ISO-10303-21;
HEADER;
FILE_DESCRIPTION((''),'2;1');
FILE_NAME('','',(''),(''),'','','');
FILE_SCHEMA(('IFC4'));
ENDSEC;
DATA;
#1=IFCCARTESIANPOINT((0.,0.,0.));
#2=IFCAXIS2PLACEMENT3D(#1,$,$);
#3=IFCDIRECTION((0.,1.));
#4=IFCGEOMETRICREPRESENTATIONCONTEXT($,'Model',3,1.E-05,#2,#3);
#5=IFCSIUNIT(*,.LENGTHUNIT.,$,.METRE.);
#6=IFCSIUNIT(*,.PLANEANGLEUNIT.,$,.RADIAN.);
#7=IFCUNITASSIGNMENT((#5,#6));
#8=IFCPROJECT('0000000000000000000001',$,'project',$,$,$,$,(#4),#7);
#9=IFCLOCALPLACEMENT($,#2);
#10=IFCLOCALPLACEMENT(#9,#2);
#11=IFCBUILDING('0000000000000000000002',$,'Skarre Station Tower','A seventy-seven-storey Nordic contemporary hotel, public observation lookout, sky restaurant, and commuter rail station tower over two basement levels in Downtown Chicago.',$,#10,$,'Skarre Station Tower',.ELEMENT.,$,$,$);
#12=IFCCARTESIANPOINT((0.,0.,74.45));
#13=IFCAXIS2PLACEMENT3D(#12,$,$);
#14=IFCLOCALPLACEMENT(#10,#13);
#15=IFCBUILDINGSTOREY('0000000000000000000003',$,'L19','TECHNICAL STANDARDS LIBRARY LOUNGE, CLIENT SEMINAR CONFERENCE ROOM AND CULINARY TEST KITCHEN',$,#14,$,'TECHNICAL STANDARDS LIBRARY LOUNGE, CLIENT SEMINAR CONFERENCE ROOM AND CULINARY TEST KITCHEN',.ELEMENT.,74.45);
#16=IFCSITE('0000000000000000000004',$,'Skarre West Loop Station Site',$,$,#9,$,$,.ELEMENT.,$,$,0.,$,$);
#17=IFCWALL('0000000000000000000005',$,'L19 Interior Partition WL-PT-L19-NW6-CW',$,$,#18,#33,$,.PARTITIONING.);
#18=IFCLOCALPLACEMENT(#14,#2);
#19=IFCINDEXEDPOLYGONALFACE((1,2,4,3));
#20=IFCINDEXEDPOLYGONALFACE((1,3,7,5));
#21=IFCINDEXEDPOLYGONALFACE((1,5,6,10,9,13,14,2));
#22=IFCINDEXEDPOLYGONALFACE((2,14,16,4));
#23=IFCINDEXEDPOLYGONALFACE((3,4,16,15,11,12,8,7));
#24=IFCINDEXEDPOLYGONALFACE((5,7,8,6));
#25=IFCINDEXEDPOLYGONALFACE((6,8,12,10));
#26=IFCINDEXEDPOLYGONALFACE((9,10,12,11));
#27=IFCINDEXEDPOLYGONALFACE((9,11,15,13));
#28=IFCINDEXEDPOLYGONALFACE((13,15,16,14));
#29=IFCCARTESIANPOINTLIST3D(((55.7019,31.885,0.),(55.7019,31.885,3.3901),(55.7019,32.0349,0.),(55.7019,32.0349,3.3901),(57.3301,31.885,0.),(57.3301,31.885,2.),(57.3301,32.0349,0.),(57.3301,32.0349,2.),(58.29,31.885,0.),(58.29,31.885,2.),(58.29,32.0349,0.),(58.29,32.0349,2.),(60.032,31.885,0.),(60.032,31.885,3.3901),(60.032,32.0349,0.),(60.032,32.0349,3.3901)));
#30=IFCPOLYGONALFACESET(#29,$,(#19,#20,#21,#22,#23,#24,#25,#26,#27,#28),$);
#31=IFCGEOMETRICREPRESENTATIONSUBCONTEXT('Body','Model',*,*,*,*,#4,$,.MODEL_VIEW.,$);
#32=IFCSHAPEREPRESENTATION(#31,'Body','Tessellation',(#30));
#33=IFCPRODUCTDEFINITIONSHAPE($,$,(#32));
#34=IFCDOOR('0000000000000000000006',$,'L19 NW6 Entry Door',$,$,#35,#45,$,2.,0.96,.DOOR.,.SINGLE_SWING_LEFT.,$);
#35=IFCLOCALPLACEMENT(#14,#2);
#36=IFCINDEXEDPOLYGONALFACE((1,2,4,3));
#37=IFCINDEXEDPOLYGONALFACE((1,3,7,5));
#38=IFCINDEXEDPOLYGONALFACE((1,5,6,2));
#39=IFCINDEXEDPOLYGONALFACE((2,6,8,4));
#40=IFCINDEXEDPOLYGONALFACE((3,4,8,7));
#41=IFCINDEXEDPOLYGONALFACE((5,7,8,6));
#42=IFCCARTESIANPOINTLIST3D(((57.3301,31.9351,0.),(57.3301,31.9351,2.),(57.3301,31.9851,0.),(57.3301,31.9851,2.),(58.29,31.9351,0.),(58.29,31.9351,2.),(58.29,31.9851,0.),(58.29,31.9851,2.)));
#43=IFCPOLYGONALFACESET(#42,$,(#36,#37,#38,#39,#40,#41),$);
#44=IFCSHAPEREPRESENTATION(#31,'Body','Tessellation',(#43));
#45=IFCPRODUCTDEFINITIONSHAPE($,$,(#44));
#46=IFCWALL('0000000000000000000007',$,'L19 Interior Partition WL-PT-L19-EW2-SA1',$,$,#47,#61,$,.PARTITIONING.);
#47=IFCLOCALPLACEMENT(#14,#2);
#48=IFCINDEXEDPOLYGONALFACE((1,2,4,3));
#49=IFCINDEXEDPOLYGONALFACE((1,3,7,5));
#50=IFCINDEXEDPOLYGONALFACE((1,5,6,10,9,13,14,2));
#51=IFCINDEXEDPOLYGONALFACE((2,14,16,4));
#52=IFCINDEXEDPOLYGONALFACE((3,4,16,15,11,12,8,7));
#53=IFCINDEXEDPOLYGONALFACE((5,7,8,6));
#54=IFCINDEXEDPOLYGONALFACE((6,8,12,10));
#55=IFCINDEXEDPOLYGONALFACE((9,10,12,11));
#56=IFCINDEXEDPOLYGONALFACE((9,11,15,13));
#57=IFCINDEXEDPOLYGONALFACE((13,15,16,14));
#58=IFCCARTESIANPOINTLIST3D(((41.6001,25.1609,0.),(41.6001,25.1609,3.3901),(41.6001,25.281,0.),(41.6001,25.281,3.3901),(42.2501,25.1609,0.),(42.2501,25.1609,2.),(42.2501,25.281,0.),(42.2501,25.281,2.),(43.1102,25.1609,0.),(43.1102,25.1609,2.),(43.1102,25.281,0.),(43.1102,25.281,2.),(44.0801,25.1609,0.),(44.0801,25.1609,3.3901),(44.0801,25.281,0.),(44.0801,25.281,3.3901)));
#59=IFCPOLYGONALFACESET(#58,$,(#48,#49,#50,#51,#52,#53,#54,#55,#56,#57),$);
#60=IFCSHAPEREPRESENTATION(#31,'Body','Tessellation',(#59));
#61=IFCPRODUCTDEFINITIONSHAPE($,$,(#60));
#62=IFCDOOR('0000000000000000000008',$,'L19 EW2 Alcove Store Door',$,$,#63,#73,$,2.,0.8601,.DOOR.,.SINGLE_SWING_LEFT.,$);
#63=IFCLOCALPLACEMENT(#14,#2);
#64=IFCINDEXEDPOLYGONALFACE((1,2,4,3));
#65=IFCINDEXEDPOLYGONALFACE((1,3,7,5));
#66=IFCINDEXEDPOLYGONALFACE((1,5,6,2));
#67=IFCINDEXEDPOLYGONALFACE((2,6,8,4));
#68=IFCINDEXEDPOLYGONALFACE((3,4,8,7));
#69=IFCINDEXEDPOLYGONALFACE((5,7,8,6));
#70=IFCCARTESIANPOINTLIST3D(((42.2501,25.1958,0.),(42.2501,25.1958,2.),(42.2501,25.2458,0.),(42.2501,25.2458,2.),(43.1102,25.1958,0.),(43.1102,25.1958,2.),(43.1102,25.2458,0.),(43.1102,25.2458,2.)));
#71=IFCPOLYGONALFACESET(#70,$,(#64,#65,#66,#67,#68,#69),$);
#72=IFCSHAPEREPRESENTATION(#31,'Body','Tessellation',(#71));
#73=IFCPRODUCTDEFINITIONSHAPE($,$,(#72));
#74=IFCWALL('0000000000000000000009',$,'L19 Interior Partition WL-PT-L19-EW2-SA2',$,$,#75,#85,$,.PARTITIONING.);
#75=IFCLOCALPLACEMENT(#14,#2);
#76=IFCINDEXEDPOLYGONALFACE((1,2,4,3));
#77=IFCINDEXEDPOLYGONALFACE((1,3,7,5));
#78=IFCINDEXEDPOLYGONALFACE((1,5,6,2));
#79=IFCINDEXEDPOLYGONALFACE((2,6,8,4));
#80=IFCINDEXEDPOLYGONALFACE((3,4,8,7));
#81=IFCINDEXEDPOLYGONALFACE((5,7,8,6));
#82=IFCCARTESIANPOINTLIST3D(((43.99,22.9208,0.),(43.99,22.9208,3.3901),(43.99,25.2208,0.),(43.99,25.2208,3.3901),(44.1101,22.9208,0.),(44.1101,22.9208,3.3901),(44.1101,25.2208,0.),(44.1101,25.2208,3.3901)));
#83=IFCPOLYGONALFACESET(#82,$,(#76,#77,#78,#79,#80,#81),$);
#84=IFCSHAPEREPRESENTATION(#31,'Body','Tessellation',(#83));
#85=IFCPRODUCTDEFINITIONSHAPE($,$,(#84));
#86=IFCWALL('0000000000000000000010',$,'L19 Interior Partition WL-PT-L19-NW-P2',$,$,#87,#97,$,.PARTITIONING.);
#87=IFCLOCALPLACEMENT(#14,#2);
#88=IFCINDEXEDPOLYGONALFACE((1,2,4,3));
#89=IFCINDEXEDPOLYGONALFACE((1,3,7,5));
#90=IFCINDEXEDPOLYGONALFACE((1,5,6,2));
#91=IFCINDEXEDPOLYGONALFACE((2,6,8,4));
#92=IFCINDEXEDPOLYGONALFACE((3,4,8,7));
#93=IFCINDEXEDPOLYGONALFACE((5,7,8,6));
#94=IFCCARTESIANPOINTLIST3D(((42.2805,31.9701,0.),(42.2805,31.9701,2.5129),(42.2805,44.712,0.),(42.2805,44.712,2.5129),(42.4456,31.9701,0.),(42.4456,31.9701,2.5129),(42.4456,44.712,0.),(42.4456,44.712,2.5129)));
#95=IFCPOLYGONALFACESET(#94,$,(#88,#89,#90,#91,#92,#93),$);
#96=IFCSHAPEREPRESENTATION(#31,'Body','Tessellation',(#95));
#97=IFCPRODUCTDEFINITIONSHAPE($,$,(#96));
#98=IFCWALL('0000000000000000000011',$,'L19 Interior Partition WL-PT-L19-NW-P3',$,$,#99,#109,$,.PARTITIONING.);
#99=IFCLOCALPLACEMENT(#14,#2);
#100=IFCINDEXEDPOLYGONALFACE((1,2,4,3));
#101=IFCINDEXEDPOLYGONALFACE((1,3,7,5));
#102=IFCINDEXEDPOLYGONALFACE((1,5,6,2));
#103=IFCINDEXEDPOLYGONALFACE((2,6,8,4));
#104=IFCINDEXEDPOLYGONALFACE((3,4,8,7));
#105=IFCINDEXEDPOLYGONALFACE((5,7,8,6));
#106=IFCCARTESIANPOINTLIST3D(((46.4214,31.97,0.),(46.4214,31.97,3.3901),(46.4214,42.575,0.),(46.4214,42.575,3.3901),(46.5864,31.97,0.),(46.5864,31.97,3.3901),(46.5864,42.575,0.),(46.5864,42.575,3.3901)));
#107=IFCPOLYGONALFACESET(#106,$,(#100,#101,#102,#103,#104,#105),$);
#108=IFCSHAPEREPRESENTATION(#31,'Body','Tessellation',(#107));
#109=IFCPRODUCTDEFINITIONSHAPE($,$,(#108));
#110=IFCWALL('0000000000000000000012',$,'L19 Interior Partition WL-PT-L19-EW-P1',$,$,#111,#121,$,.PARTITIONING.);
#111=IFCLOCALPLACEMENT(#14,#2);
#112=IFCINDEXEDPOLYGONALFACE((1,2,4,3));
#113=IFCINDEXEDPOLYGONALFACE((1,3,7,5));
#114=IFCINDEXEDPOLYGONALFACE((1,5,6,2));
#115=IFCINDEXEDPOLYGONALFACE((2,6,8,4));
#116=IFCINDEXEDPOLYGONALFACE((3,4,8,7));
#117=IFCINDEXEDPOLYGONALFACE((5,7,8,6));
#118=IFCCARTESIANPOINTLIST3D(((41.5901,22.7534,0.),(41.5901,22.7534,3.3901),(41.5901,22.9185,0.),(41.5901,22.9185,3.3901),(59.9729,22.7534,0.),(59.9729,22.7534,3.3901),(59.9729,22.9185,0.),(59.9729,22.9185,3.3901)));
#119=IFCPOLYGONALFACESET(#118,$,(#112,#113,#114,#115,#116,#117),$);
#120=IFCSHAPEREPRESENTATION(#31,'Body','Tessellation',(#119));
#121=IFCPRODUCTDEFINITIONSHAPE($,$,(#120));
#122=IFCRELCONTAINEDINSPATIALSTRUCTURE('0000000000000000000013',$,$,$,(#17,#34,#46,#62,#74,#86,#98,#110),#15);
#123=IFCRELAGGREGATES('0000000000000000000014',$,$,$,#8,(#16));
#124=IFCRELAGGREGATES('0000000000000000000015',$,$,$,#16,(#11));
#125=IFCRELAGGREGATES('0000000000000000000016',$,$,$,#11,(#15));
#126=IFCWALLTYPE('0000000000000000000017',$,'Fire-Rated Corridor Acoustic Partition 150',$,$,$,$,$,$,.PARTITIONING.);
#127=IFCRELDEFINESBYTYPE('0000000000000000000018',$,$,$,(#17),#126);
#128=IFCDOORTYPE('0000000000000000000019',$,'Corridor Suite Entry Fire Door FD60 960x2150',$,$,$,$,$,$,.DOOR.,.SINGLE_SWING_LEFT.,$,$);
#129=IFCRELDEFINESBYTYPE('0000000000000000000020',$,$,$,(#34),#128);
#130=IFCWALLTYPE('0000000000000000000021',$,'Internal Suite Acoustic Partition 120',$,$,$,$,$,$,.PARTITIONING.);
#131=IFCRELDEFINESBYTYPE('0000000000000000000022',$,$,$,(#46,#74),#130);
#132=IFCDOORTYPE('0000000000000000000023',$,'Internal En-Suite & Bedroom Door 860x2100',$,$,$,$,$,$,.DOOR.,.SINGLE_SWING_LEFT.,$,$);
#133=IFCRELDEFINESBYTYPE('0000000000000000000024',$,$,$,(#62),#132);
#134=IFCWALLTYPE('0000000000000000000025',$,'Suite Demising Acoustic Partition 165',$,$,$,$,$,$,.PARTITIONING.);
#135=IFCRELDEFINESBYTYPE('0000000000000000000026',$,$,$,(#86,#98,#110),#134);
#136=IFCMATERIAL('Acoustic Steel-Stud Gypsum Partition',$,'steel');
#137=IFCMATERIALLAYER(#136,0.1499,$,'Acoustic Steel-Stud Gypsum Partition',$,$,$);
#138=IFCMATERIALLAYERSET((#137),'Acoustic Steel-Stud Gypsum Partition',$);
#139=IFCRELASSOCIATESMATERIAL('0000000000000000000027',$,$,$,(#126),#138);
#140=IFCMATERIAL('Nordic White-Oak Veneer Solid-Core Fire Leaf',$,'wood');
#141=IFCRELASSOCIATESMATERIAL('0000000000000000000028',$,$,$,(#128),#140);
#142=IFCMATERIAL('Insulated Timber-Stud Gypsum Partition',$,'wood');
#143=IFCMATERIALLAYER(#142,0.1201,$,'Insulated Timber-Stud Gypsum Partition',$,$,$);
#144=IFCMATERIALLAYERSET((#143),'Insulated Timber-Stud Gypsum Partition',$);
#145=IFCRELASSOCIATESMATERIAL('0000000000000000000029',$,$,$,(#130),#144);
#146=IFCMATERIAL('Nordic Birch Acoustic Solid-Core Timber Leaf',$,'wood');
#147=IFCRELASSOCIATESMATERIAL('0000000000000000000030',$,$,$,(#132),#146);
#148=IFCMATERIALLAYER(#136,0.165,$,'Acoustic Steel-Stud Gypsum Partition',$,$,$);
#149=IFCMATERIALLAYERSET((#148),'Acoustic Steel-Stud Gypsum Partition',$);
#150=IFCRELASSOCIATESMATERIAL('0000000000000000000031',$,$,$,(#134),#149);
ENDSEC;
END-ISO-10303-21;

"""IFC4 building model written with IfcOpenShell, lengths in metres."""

from ifc_helpers import new_model, si_unit, direction, frame, frame_2d, origin, place, context, subcontext, project, spatial, rectangle, extrude, material, layer, layer_set, type_object, element, fill, save


model = new_model("IFC4")

# Units and contexts
model_context = context("Model", 3, precision=1e-05, world=origin(), true_north=direction((0.0, 1.0)))
body_context = subcontext(model_context, "Body", "Model", "MODEL_VIEW")
ifc_project = project(units=[si_unit("LENGTHUNIT", "METRE"), si_unit("PLANEANGLEUNIT", "RADIAN")], contexts=[model_context])

# Site, building, storey
site_placement = place(None, origin())
site = spatial("IfcSite", under=ifc_project, at=site_placement, Name="Skarre West Loop Station Site", CompositionType="ELEMENT", RefElevation=0.0)
building_placement = place(site_placement, origin())
building = spatial("IfcBuilding", under=site, at=building_placement, Name="Skarre Station Tower", Description="A seventy-seven-storey Nordic contemporary hotel, public observation lookout, sky restaurant, and commuter rail station tower over two basement levels in Downtown Chicago.", LongName="Skarre Station Tower", CompositionType="ELEMENT")
storey_placement = place(building_placement, frame((0.0, 0.0, 74.45)))
storey = spatial("IfcBuildingStorey", under=building, at=storey_placement, Name="L19", Description="TECHNICAL STANDARDS LIBRARY LOUNGE, CLIENT SEMINAR CONFERENCE ROOM AND CULINARY TEST KITCHEN", LongName="TECHNICAL STANDARDS LIBRARY LOUNGE, CLIENT SEMINAR CONFERENCE ROOM AND CULINARY TEST KITCHEN", CompositionType="ELEMENT", Elevation=74.45)

# Walls, openings, doors
ifc_material_1 = material(Name="Acoustic Steel-Stud Gypsum Partition", Category="steel")
ifc_layer_1 = layer(ifc_material_1, 0.1499, Name="Acoustic Steel-Stud Gypsum Partition")
ifc_layer_set_1 = layer_set([ifc_layer_1], Name="Acoustic Steel-Stud Gypsum Partition")
wall_type_1 = type_object("IfcWallType", Name="Fire-Rated Corridor Acoustic Partition 150", PredefinedType="PARTITIONING", material=ifc_layer_set_1)
ifc_material_2 = material(Name="Nordic White-Oak Veneer Solid-Core Fire Leaf", Category="wood")
door_type_1 = type_object("IfcDoorType", Name="Corridor Suite Entry Fire Door FD60 960x2150", OperationType="SINGLE_SWING_LEFT", PredefinedType="DOOR", material=ifc_material_2)
wall_1_placement = place(storey_placement, frame((60.032, 31.96, 0.0), z_axis=(0.0, 0.0, 1.0), x_axis=(-1.0, 0.0, 0.0)))
wall_1 = element("IfcWall", 1, at=wall_1_placement, inside=storey, type_object=wall_type_1, Name="L19 Interior Partition WL-PT-L19-NW6-CW", PredefinedType="PARTITIONING", context=body_context, shape_type="SweptSolid", body=[
    extrude(rectangle(XDim=4.3301, YDim=0.1499, at=frame_2d((2.165, 0.0))), origin(), (0.0, 0.0, 1.0), 3.3901),
])
opening_1_placement = place(wall_1_placement, frame((1.7419, 0.0, 0.0)))
opening_1 = element("IfcOpeningElement", 2, at=opening_1_placement, cuts=wall_1, PredefinedType="OPENING", context=body_context, shape_type="SweptSolid", body=[
    extrude(rectangle(XDim=0.96, YDim=2.0, at=frame_2d((0.48, 1.0))), frame((0.0, 0.085, 0.0), z_axis=(0.0, -1.0, 0.0), x_axis=(1.0, 0.0, 0.0)), (0.0, 0.0, 1.0), 0.1699),
])
door_1_placement = place(opening_1_placement, origin())
door_1 = element("IfcDoor", 3, at=door_1_placement, inside=storey, type_object=door_type_1, Name="L19 NW6 Entry Door", OperationType="SINGLE_SWING_LEFT", OverallHeight=2.0, OverallWidth=0.96, PredefinedType="DOOR", context=body_context, shape_type="SweptSolid", body=[
    extrude(rectangle(XDim=0.96, YDim=2.0, at=frame_2d((0.48, 1.0))), frame((0.0, 0.0249, 0.0), z_axis=(0.0, -1.0, 0.0), x_axis=(1.0, 0.0, 0.0)), (0.0, 0.0, 1.0), 0.05),
])
fill(opening_1, door_1)
ifc_material_3 = material(Name="Insulated Timber-Stud Gypsum Partition", Category="wood")
ifc_layer_2 = layer(ifc_material_3, 0.1201, Name="Insulated Timber-Stud Gypsum Partition")
ifc_layer_set_2 = layer_set([ifc_layer_2], Name="Insulated Timber-Stud Gypsum Partition")
wall_type_2 = type_object("IfcWallType", Name="Internal Suite Acoustic Partition 120", PredefinedType="PARTITIONING", material=ifc_layer_set_2)
wall_2_placement = place(storey_placement, frame((41.6001, 25.2209, 0.0), z_axis=(0.0, 0.0, 1.0), x_axis=(1.0, 0.0, 0.0)))
wall_2 = element("IfcWall", 4, at=wall_2_placement, inside=storey, type_object=wall_type_2, Name="L19 Interior Partition WL-PT-L19-EW2-SA1", PredefinedType="PARTITIONING", context=body_context, shape_type="SweptSolid", body=[
    extrude(rectangle(XDim=2.48, YDim=0.1201, at=frame_2d((1.24, 0.0))), origin(), (0.0, 0.0, 1.0), 3.3901),
])
opening_2_placement = place(wall_2_placement, frame((0.6499, 0.0, 0.0)))
opening_2 = element("IfcOpeningElement", 5, at=opening_2_placement, cuts=wall_2, PredefinedType="OPENING", context=body_context, shape_type="SweptSolid", body=[
    extrude(rectangle(XDim=0.8601, YDim=2.0, at=frame_2d((0.4302, 1.0))), frame((0.0, 0.0701, 0.0), z_axis=(0.0, -1.0, 0.0), x_axis=(1.0, 0.0, 0.0)), (0.0, 0.0, 1.0), 0.1401),
])
ifc_material_4 = material(Name="Nordic Birch Acoustic Solid-Core Timber Leaf", Category="wood")
door_type_2 = type_object("IfcDoorType", Name="Internal En-Suite & Bedroom Door 860x2100", OperationType="SINGLE_SWING_LEFT", PredefinedType="DOOR", material=ifc_material_4)
door_2_placement = place(opening_2_placement, origin())
door_2 = element("IfcDoor", 6, at=door_2_placement, inside=storey, type_object=door_type_2, Name="L19 EW2 Alcove Store Door", OperationType="SINGLE_SWING_LEFT", OverallHeight=2.0, OverallWidth=0.8601, PredefinedType="DOOR", context=body_context, shape_type="SweptSolid", body=[
    extrude(rectangle(XDim=0.8601, YDim=2.0, at=frame_2d((0.4302, 1.0))), frame((0.0, 0.0249, 0.0), z_axis=(0.0, -1.0, 0.0), x_axis=(1.0, 0.0, 0.0)), (0.0, 0.0, 1.0), 0.05),
])
fill(opening_2, door_2)

# Walls
wall_3_placement = place(storey_placement, frame((44.05, 22.9209, 0.0), z_axis=(0.0, 0.0, 1.0), x_axis=(0.0, 1.0, 0.0)))
element("IfcWall", 7, at=wall_3_placement, inside=storey, type_object=wall_type_2, Name="L19 Interior Partition WL-PT-L19-EW2-SA2", PredefinedType="PARTITIONING", context=body_context, shape_type="SweptSolid", body=[
    extrude(rectangle(XDim=2.3, YDim=0.1201, at=frame_2d((1.1499, 0.0))), origin(), (0.0, 0.0, 1.0), 3.3901),
])
ifc_layer_3 = layer(ifc_material_1, 0.165, Name="Acoustic Steel-Stud Gypsum Partition")
ifc_layer_set_3 = layer_set([ifc_layer_3], Name="Acoustic Steel-Stud Gypsum Partition")
wall_type_3 = type_object("IfcWallType", Name="Suite Demising Acoustic Partition 165", PredefinedType="PARTITIONING", material=ifc_layer_set_3)
wall_4_placement = place(storey_placement, frame((42.363, 31.97, 0.0), z_axis=(0.0, 0.0, 1.0), x_axis=(0.0, 1.0, 0.0)))
element("IfcWall", 8, at=wall_4_placement, inside=storey, type_object=wall_type_3, Name="L19 Interior Partition WL-PT-L19-NW-P2", PredefinedType="PARTITIONING", context=body_context, shape_type="SweptSolid", body=[
    extrude(rectangle(XDim=12.7419, YDim=0.165, at=frame_2d((6.3711, 0.0))), origin(), (0.0, 0.0, 1.0), 2.5129),
])
wall_5_placement = place(storey_placement, frame((46.5039, 31.97, 0.0), z_axis=(0.0, 0.0, 1.0), x_axis=(0.0, 1.0, 0.0)))
element("IfcWall", 9, at=wall_5_placement, inside=storey, type_object=wall_type_3, Name="L19 Interior Partition WL-PT-L19-NW-P3", PredefinedType="PARTITIONING", context=body_context, shape_type="SweptSolid", body=[
    extrude(rectangle(XDim=10.605, YDim=0.165, at=frame_2d((5.3025, 0.0))), origin(), (0.0, 0.0, 1.0), 3.3901),
])
wall_6_placement = place(storey_placement, frame((41.5901, 22.8359, 0.0), z_axis=(0.0, 0.0, 1.0), x_axis=(1.0, 0.0, 0.0)))
element("IfcWall", 10, at=wall_6_placement, inside=storey, type_object=wall_type_3, Name="L19 Interior Partition WL-PT-L19-EW-P1", PredefinedType="PARTITIONING", context=body_context, shape_type="SweptSolid", body=[
    extrude(rectangle(XDim=18.3828, YDim=0.165, at=frame_2d((9.1914, 0.0))), origin(), (0.0, 0.0, 1.0), 3.3901),
])

save(model, "model.ifc")
